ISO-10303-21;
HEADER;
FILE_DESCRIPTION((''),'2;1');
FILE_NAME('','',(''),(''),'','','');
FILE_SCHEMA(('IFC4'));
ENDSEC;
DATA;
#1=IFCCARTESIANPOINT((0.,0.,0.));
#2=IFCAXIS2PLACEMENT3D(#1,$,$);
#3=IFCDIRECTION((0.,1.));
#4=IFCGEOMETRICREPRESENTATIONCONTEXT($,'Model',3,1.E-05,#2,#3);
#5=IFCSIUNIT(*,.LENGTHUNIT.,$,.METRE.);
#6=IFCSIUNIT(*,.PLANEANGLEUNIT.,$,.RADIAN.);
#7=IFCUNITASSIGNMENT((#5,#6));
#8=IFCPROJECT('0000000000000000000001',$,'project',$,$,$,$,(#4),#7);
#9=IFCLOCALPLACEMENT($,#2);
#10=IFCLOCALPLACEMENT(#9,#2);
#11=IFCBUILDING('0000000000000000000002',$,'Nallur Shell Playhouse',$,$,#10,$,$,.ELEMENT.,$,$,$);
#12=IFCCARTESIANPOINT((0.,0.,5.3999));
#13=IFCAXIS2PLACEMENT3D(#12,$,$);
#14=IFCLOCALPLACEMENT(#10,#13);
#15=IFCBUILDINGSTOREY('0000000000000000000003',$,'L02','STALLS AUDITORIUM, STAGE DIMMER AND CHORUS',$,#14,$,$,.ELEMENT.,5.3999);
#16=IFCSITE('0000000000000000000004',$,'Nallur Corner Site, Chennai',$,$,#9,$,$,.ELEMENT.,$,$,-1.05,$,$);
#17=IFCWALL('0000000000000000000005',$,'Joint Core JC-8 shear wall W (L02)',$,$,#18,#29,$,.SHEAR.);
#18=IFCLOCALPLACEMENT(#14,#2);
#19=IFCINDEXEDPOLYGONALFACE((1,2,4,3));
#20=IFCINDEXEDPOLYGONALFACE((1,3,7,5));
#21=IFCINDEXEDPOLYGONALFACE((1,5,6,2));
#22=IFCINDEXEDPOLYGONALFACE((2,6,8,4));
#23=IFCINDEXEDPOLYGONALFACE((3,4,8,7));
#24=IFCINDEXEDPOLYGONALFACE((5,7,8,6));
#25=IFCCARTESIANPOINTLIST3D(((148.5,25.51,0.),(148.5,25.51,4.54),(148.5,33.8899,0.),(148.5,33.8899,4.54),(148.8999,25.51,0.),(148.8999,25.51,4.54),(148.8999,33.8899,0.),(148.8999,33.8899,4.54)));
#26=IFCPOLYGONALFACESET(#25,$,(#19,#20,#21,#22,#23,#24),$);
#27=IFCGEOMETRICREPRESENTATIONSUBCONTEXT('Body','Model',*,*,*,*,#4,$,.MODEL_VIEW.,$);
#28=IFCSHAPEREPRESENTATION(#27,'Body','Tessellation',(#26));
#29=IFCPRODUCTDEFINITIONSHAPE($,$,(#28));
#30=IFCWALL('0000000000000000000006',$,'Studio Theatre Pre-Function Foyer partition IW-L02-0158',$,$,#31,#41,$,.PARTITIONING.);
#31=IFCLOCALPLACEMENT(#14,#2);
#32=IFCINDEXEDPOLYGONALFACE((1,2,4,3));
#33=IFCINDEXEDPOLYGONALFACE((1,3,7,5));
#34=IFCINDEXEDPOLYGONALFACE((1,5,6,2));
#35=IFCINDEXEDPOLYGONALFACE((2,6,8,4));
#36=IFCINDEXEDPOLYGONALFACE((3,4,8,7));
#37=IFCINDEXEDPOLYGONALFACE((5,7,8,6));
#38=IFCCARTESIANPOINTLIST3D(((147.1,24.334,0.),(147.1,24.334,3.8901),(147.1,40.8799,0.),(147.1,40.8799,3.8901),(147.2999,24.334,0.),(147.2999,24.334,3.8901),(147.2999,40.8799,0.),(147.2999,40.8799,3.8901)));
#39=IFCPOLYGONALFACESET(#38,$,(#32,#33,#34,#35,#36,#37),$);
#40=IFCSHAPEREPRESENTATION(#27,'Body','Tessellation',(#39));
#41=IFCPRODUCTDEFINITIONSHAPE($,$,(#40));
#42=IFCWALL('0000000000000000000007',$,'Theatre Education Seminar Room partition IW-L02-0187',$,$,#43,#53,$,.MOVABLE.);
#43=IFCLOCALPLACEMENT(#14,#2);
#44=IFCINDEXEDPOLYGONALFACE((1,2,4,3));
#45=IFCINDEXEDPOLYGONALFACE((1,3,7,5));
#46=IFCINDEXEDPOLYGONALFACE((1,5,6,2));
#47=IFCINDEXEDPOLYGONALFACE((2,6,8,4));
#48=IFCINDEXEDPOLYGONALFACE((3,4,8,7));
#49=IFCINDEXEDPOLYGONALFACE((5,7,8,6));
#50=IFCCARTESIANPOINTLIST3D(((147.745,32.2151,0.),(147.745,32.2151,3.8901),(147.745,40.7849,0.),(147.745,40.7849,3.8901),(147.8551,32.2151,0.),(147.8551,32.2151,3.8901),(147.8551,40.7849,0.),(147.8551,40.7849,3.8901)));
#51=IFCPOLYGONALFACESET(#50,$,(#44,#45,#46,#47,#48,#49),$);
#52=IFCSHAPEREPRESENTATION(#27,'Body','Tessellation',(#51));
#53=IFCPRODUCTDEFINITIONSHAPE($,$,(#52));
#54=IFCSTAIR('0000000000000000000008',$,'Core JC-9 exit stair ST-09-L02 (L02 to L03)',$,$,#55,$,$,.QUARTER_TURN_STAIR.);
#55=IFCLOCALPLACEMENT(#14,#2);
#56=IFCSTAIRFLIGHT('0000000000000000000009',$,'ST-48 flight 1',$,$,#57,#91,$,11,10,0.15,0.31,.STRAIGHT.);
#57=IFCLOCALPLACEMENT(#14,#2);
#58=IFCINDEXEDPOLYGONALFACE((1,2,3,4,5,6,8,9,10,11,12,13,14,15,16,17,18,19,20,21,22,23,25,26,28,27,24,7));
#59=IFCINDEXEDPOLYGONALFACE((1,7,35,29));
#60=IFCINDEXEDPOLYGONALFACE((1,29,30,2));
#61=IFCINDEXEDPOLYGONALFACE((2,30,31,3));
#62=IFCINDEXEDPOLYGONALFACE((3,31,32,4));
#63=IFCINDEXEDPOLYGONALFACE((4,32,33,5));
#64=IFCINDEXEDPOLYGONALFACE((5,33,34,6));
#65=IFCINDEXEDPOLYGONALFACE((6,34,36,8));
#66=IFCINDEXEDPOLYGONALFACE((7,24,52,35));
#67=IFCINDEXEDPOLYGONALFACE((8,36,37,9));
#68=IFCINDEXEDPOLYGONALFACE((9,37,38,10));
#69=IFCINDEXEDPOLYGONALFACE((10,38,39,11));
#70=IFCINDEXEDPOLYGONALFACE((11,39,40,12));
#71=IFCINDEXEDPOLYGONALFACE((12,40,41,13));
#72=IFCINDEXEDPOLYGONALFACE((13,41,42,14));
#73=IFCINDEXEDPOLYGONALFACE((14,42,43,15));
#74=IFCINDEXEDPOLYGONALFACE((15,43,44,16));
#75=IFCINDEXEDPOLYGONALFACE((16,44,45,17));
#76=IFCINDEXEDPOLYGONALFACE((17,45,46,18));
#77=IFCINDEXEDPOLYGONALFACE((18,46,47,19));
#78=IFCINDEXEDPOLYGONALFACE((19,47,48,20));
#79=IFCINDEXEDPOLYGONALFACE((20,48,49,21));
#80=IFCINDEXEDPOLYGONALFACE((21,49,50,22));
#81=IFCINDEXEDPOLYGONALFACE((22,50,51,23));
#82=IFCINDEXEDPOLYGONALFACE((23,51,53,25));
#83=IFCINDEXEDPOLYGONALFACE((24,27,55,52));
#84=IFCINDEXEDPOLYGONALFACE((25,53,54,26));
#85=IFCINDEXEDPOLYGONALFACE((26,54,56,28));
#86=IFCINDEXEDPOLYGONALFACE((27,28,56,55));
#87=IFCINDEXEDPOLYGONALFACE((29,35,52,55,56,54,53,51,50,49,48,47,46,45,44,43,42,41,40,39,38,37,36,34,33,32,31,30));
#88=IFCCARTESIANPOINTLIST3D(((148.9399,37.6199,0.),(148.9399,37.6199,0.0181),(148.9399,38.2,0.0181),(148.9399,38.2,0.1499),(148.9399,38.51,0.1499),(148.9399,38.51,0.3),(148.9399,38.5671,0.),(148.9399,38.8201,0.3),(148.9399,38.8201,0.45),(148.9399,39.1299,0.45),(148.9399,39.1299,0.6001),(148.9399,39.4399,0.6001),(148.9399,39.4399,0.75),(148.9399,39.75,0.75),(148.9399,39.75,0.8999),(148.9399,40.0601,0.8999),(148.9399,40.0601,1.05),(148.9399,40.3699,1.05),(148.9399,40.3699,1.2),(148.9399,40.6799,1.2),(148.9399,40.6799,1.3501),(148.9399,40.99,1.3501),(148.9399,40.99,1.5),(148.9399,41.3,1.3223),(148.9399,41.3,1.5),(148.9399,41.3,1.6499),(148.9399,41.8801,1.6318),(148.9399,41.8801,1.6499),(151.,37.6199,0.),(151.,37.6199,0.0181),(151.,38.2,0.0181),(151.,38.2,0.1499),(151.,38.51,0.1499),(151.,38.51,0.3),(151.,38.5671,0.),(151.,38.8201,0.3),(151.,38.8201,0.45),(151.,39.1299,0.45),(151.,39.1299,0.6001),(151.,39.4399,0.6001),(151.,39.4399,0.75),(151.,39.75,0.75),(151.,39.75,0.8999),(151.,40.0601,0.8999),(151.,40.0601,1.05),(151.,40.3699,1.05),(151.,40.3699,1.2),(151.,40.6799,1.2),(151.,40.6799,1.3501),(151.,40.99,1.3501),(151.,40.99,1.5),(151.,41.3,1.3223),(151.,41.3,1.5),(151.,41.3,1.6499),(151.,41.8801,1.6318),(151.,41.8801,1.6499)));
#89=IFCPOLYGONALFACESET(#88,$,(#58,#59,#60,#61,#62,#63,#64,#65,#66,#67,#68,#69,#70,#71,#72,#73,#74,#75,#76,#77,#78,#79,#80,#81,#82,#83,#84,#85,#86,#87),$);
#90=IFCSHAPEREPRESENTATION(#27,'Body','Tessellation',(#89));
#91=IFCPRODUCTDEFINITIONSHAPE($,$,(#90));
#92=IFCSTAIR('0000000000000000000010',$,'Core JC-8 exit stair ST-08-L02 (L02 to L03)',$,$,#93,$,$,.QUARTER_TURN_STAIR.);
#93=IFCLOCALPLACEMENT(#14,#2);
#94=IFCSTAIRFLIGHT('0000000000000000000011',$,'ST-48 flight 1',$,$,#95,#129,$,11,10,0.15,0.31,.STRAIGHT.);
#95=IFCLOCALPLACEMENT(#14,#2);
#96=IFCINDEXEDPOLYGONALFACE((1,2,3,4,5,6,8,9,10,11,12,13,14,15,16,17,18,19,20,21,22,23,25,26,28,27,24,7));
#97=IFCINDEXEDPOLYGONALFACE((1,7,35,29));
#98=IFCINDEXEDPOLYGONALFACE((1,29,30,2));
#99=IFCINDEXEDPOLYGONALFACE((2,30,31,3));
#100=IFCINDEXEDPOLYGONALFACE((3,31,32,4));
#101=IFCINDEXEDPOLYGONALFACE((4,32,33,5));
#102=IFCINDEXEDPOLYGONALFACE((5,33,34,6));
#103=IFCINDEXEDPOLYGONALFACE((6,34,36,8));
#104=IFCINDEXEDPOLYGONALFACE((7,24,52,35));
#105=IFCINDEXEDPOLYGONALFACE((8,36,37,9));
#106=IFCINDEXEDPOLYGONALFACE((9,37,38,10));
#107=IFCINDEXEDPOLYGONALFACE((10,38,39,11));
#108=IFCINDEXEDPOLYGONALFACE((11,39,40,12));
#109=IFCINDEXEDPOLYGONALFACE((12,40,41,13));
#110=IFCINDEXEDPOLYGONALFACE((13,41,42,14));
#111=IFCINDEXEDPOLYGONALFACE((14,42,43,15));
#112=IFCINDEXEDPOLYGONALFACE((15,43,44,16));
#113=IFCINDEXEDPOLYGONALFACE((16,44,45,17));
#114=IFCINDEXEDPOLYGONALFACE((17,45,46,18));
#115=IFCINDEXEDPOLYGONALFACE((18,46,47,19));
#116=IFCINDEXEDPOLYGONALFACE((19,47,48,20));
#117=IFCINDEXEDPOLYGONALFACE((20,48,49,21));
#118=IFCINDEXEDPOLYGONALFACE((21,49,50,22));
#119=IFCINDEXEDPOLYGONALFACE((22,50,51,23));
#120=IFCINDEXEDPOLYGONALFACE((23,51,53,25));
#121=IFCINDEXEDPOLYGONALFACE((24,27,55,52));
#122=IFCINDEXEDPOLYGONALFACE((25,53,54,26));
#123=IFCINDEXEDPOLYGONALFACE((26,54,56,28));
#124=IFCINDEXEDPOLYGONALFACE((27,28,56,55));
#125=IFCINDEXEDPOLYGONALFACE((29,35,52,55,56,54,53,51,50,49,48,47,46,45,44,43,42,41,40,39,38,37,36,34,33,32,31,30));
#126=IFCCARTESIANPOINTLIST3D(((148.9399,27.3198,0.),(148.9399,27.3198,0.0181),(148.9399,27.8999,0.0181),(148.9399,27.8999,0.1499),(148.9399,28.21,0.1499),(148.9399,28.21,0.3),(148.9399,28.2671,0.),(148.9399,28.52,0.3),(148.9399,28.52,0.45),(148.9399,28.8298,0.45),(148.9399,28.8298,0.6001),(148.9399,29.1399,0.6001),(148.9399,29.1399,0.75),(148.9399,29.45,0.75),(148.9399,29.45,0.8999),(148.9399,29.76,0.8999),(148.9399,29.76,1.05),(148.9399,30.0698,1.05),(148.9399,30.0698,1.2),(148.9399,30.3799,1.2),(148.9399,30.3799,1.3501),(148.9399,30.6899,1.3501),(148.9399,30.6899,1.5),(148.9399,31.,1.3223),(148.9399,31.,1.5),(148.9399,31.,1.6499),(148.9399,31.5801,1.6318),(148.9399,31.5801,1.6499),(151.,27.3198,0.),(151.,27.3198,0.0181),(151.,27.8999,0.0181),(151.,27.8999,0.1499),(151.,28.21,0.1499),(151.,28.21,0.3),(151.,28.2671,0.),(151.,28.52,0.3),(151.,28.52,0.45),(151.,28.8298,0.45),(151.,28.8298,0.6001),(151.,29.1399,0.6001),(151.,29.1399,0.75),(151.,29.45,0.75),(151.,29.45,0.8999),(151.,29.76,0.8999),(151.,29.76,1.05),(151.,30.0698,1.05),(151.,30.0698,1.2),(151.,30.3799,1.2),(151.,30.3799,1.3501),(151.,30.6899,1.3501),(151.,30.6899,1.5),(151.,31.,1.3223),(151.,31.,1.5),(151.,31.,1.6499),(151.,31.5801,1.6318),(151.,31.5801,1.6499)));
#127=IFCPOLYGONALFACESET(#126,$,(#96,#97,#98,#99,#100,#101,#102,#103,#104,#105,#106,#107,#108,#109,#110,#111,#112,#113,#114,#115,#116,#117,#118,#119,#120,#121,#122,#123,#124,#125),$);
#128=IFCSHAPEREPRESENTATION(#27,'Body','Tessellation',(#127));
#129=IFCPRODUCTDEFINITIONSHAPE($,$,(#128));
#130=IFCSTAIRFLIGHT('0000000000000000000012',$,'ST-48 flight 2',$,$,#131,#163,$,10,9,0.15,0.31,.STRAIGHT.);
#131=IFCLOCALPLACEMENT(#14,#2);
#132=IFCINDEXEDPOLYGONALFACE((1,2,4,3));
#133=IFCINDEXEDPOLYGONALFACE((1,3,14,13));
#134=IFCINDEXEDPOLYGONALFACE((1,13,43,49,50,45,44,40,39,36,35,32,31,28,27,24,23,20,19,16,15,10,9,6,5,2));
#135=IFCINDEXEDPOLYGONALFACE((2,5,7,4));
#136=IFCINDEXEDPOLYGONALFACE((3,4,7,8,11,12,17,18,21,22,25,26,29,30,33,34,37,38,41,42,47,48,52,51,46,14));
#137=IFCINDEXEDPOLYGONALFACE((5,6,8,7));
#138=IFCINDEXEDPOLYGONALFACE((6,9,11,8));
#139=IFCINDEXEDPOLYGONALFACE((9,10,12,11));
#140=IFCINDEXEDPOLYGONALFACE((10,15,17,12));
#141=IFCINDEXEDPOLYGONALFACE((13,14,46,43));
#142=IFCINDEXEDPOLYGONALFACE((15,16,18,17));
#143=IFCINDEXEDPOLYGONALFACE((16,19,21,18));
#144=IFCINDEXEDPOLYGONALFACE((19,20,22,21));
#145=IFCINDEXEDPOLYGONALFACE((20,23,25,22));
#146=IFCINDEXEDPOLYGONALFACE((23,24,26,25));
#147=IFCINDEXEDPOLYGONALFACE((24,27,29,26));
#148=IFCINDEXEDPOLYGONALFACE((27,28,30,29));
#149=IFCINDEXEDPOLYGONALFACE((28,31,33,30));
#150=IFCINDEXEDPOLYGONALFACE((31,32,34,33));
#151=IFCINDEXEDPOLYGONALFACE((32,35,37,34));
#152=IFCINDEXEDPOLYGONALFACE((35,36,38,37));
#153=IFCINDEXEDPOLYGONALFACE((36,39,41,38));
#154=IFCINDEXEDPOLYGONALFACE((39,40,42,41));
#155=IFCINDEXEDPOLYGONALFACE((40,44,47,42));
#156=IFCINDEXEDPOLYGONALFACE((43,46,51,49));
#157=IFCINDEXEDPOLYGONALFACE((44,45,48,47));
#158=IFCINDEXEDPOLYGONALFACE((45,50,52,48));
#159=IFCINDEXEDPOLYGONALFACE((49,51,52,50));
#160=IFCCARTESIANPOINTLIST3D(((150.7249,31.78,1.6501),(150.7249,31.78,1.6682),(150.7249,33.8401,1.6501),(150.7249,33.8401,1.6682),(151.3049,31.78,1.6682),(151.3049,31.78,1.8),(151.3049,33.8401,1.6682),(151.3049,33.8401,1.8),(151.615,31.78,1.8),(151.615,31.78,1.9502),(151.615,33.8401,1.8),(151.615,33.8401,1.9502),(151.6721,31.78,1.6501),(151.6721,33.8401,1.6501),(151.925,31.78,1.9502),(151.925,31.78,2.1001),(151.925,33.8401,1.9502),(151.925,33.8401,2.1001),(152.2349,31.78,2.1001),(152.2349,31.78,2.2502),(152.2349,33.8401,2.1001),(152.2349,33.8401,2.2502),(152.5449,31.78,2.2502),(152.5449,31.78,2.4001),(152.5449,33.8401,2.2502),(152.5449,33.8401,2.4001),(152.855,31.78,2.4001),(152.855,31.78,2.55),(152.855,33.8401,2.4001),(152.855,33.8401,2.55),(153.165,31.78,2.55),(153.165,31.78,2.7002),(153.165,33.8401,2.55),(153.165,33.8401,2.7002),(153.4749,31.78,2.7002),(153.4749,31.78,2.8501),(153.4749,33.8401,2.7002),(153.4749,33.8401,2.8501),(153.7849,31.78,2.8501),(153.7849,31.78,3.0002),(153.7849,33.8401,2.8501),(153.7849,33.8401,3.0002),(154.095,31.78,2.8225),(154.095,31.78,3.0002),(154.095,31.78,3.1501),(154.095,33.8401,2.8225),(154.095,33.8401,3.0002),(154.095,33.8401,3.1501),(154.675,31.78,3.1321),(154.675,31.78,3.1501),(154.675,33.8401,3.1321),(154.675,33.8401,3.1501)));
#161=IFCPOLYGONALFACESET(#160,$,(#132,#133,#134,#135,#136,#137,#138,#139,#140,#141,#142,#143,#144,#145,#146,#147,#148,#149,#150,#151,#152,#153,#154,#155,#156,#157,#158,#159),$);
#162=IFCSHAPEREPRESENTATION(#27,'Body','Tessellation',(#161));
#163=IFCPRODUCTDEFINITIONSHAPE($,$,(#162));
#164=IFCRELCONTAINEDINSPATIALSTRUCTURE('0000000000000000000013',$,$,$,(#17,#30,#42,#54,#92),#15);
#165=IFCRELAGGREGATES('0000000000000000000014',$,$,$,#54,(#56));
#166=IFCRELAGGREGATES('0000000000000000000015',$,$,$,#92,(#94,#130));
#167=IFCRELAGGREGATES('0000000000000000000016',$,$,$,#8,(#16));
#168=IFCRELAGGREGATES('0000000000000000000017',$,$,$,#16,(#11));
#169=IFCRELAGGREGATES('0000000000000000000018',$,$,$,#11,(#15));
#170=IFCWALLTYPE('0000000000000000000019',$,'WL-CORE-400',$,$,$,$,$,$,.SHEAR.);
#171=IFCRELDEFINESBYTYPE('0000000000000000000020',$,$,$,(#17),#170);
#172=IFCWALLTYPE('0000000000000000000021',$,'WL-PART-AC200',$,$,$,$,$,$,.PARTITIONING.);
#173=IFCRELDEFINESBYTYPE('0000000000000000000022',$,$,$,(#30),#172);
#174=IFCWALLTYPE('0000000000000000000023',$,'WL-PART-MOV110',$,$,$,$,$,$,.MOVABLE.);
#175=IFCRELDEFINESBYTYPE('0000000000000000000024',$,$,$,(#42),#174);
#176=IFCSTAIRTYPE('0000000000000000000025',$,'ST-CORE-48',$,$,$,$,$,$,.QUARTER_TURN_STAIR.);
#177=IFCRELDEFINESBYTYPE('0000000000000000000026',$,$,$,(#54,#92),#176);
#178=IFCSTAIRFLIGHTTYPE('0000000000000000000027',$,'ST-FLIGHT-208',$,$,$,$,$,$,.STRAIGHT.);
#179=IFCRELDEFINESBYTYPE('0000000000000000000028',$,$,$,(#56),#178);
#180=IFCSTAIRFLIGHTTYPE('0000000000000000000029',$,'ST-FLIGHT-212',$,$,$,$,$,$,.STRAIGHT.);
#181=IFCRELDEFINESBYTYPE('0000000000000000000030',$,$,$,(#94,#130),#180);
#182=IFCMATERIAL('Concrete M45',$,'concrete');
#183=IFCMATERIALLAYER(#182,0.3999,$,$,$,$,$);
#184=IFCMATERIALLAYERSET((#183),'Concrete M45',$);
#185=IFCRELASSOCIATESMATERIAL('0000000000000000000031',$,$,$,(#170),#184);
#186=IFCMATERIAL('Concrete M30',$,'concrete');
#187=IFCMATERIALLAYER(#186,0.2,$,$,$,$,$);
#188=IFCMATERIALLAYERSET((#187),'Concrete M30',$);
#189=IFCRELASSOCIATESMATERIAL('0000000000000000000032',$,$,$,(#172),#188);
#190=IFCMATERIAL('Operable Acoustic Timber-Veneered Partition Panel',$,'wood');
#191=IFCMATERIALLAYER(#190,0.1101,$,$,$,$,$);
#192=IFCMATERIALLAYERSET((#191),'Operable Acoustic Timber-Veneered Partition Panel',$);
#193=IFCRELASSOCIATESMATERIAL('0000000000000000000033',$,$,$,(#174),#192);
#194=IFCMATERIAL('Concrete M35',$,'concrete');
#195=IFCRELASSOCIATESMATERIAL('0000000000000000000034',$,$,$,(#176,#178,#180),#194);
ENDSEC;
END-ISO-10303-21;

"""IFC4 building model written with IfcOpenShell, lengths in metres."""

from ifc_helpers import new_model, si_unit, direction, frame, frame_2d, origin, place, context, subcontext, project, spatial, polyline, rectangle, outline, extrude, material, layer, layer_set, type_object, element, aggregate, save


model = new_model("IFC4")

# Units and contexts
model_context = context("Model", 3, precision=1e-05, world=origin(), true_north=direction((0.0, 1.0)))
body_context = subcontext(model_context, "Body", "Model", "MODEL_VIEW")
ifc_project = project(units=[si_unit("LENGTHUNIT", "METRE"), si_unit("PLANEANGLEUNIT", "RADIAN")], contexts=[model_context])

# Site, building, storey
site_placement = place(None, origin())
site = spatial("IfcSite", under=ifc_project, at=site_placement, Name="Nallur Corner Site, Chennai", CompositionType="ELEMENT", RefElevation=-1.05)
building_placement = place(site_placement, origin())
building = spatial("IfcBuilding", under=site, at=building_placement, Name="Nallur Shell Playhouse", CompositionType="ELEMENT")
storey_placement = place(building_placement, frame((0.0, 0.0, 5.3999)))
storey = spatial("IfcBuildingStorey", under=building, at=storey_placement, Name="L02", Description="STALLS AUDITORIUM, STAGE DIMMER AND CHORUS", CompositionType="ELEMENT", Elevation=5.3999)

# Shared definitions
ifc_material_1 = material(Name="Concrete M35", Category="concrete")

# Shared definitions
ifc_material_2 = material(Name="Concrete M45", Category="concrete")
ifc_layer_1 = layer(ifc_material_2, 0.3999)
ifc_layer_set_1 = layer_set([ifc_layer_1], Name="Concrete M45")
wall_type_1 = type_object("IfcWallType", Name="WL-CORE-400", PredefinedType="SHEAR", material=ifc_layer_set_1)

# Wall
wall_1_placement = place(storey_placement, frame((148.7, 33.8899, 0.0), z_axis=(0.0, 0.0, 1.0), x_axis=(0.0, -1.0, 0.0)))
element("IfcWall", 1, at=wall_1_placement, inside=storey, type_object=wall_type_1, Name="Joint Core JC-8 shear wall W (L02)", PredefinedType="SHEAR", context=body_context, shape_type="SweptSolid", body=[
    extrude(rectangle(XDim=8.3799, YDim=0.3999, at=frame_2d((4.1899, 0.0))), origin(), (0.0, 0.0, 1.0), 4.54),
])

# Walls
ifc_material_3 = material(Name="Concrete M30", Category="concrete")
ifc_layer_2 = layer(ifc_material_3, 0.2)
ifc_layer_set_2 = layer_set([ifc_layer_2], Name="Concrete M30")
wall_type_2 = type_object("IfcWallType", Name="WL-PART-AC200", PredefinedType="PARTITIONING", material=ifc_layer_set_2)
wall_2_placement = place(storey_placement, frame((147.2, 40.8799, 0.0), z_axis=(0.0, 0.0, 1.0), x_axis=(0.0, -1.0, 0.0)))
element("IfcWall", 2, at=wall_2_placement, inside=storey, type_object=wall_type_2, Name="Studio Theatre Pre-Function Foyer partition IW-L02-0158", PredefinedType="PARTITIONING", context=body_context, shape_type="SweptSolid", body=[
    extrude(rectangle(XDim=16.5459, YDim=0.2, at=frame_2d((8.2729, 0.0))), origin(), (0.0, 0.0, 1.0), 3.8901),
])
ifc_material_4 = material(Name="Operable Acoustic Timber-Veneered Partition Panel", Category="wood")
ifc_layer_3 = layer(ifc_material_4, 0.1101)
ifc_layer_set_3 = layer_set([ifc_layer_3], Name="Operable Acoustic Timber-Veneered Partition Panel")
wall_type_3 = type_object("IfcWallType", Name="WL-PART-MOV110", PredefinedType="MOVABLE", material=ifc_layer_set_3)
wall_3_placement = place(storey_placement, frame((147.8, 32.2151, 0.0), z_axis=(0.0, 0.0, 1.0), x_axis=(0.0, 1.0, 0.0)))
element("IfcWall", 3, at=wall_3_placement, inside=storey, type_object=wall_type_3, Name="Theatre Education Seminar Room partition IW-L02-0187", PredefinedType="MOVABLE", context=body_context, shape_type="SweptSolid", body=[
    extrude(rectangle(XDim=8.5698, YDim=0.1101, at=frame_2d((4.2849, 0.0))), origin(), (0.0, 0.0, 1.0), 3.8901),
])

# Stair, stair flight
stair_type = type_object("IfcStairType", Name="ST-CORE-48", PredefinedType="QUARTER_TURN_STAIR", material=ifc_material_1)
stair_1_placement = place(storey_placement, origin())
stair_1 = element("IfcStair", 4, at=stair_1_placement, inside=storey, type_object=stair_type, Name="Core JC-9 exit stair ST-09-L02 (L02 to L03)", PredefinedType="QUARTER_TURN_STAIR")
stair_flight_type_1 = type_object("IfcStairFlightType", Name="ST-FLIGHT-208", PredefinedType="STRAIGHT", material=ifc_material_1)
stair_flight_1_placement = place(storey_placement, frame((149.97, 38.2, 0.0), z_axis=(0.0, 0.0, 1.0), x_axis=(0.0, 1.0, 0.0)))
stair_flight_1 = element("IfcStairFlight", 5, at=stair_flight_1_placement, type_object=stair_flight_type_1, Name="ST-48 flight 1", NumberOfRisers=11, NumberOfTreads=10, PredefinedType="STRAIGHT", RiserHeight=0.15, TreadLength=0.31, context=body_context, shape_type="SweptSolid", body=[
    extrude(outline(polyline([(-0.5801, 0.0), (-0.5801, 0.0181), (0.0, 0.0181), (0.0, 0.1499), (0.3101, 0.1499), (0.3101, 0.3), (0.6201, 0.3), (0.6201, 0.45), (0.9299, 0.45), (0.9299, 0.6001), (1.24, 0.6001), (1.24, 0.75), (1.55, 0.75), (1.55, 0.8999), (1.8601, 0.8999), (1.8601, 1.05), (2.1699, 1.05), (2.1699, 1.2), (2.48, 1.2), (2.48, 1.3501), (2.79, 1.3501), (2.79, 1.5), (3.1001, 1.5), (3.1001, 1.6499), (3.6802, 1.6499), (3.6802, 1.6318), (3.1001, 1.3223), (0.3672, 0.0), (-0.5801, 0.0)])), frame((0.0, 1.03, 0.0), z_axis=(0.0, -1.0, 0.0), x_axis=(1.0, 0.0, 0.0)), (0.0, 0.0, 1.0), 2.0601),
])
aggregate(stair_1, [stair_flight_1])

# Stair, stair flights
stair_2_placement = place(storey_placement, origin())
stair_2 = element("IfcStair", 6, at=stair_2_placement, inside=storey, type_object=stair_type, Name="Core JC-8 exit stair ST-08-L02 (L02 to L03)", PredefinedType="QUARTER_TURN_STAIR")
stair_flight_type_2 = type_object("IfcStairFlightType", Name="ST-FLIGHT-212", PredefinedType="STRAIGHT", material=ifc_material_1)
stair_flight_2_placement = place(storey_placement, frame((149.97, 27.8999, 0.0), z_axis=(0.0, 0.0, 1.0), x_axis=(0.0, 1.0, 0.0)))
stair_flight_2 = element("IfcStairFlight", 7, at=stair_flight_2_placement, type_object=stair_flight_type_2, Name="ST-48 flight 1", NumberOfRisers=11, NumberOfTreads=10, PredefinedType="STRAIGHT", RiserHeight=0.15, TreadLength=0.31, context=body_context, shape_type="SweptSolid", body=[
    extrude(outline(polyline([(-0.5801, 0.0), (-0.5801, 0.0181), (0.0, 0.0181), (0.0, 0.1499), (0.3101, 0.1499), (0.3101, 0.3), (0.6201, 0.3), (0.6201, 0.45), (0.9299, 0.45), (0.9299, 0.6001), (1.24, 0.6001), (1.24, 0.75), (1.55, 0.75), (1.55, 0.8999), (1.8601, 0.8999), (1.8601, 1.05), (2.1699, 1.05), (2.1699, 1.2), (2.48, 1.2), (2.48, 1.3501), (2.79, 1.3501), (2.79, 1.5), (3.1001, 1.5), (3.1001, 1.6499), (3.6802, 1.6499), (3.6802, 1.6318), (3.1001, 1.3223), (0.3672, 0.0), (-0.5801, 0.0)])), frame((0.0, 1.03, 0.0), z_axis=(0.0, -1.0, 0.0), x_axis=(1.0, 0.0, 0.0)), (0.0, 0.0, 1.0), 2.0601),
])
stair_flight_3_placement = place(storey_placement, frame((151.3049, 32.8101, 1.6501), z_axis=(0.0, 0.0, 1.0), x_axis=(1.0, 0.0, 0.0)))
stair_flight_3 = element("IfcStairFlight", 8, at=stair_flight_3_placement, type_object=stair_flight_type_2, Name="ST-48 flight 2", NumberOfRisers=10, NumberOfTreads=9, PredefinedType="STRAIGHT", RiserHeight=0.15, TreadLength=0.31, context=body_context, shape_type="SweptSolid", body=[
    extrude(outline(polyline([(-0.5801, 0.0), (-0.5801, 0.0181), (0.0, 0.0181), (0.0, 0.1499), (0.3101, 0.1499), (0.3101, 0.3), (0.6201, 0.3), (0.6201, 0.45), (0.9299, 0.45), (0.9299, 0.6001), (1.24, 0.6001), (1.24, 0.75), (1.55, 0.75), (1.55, 0.8999), (1.8601, 0.8999), (1.8601, 1.05), (2.1699, 1.05), (2.1699, 1.2), (2.48, 1.2), (2.48, 1.3501), (2.79, 1.3501), (2.79, 1.5), (3.3701, 1.5), (3.3701, 1.4819), (2.79, 1.1724), (0.3672, 0.0), (-0.5801, 0.0)])), frame((0.0, 1.03, 0.0), z_axis=(0.0, -1.0, 0.0), x_axis=(1.0, 0.0, 0.0)), (0.0, 0.0, 1.0), 2.0601),
])
aggregate(stair_2, [stair_flight_2, stair_flight_3])

save(model, "model.ifc")
